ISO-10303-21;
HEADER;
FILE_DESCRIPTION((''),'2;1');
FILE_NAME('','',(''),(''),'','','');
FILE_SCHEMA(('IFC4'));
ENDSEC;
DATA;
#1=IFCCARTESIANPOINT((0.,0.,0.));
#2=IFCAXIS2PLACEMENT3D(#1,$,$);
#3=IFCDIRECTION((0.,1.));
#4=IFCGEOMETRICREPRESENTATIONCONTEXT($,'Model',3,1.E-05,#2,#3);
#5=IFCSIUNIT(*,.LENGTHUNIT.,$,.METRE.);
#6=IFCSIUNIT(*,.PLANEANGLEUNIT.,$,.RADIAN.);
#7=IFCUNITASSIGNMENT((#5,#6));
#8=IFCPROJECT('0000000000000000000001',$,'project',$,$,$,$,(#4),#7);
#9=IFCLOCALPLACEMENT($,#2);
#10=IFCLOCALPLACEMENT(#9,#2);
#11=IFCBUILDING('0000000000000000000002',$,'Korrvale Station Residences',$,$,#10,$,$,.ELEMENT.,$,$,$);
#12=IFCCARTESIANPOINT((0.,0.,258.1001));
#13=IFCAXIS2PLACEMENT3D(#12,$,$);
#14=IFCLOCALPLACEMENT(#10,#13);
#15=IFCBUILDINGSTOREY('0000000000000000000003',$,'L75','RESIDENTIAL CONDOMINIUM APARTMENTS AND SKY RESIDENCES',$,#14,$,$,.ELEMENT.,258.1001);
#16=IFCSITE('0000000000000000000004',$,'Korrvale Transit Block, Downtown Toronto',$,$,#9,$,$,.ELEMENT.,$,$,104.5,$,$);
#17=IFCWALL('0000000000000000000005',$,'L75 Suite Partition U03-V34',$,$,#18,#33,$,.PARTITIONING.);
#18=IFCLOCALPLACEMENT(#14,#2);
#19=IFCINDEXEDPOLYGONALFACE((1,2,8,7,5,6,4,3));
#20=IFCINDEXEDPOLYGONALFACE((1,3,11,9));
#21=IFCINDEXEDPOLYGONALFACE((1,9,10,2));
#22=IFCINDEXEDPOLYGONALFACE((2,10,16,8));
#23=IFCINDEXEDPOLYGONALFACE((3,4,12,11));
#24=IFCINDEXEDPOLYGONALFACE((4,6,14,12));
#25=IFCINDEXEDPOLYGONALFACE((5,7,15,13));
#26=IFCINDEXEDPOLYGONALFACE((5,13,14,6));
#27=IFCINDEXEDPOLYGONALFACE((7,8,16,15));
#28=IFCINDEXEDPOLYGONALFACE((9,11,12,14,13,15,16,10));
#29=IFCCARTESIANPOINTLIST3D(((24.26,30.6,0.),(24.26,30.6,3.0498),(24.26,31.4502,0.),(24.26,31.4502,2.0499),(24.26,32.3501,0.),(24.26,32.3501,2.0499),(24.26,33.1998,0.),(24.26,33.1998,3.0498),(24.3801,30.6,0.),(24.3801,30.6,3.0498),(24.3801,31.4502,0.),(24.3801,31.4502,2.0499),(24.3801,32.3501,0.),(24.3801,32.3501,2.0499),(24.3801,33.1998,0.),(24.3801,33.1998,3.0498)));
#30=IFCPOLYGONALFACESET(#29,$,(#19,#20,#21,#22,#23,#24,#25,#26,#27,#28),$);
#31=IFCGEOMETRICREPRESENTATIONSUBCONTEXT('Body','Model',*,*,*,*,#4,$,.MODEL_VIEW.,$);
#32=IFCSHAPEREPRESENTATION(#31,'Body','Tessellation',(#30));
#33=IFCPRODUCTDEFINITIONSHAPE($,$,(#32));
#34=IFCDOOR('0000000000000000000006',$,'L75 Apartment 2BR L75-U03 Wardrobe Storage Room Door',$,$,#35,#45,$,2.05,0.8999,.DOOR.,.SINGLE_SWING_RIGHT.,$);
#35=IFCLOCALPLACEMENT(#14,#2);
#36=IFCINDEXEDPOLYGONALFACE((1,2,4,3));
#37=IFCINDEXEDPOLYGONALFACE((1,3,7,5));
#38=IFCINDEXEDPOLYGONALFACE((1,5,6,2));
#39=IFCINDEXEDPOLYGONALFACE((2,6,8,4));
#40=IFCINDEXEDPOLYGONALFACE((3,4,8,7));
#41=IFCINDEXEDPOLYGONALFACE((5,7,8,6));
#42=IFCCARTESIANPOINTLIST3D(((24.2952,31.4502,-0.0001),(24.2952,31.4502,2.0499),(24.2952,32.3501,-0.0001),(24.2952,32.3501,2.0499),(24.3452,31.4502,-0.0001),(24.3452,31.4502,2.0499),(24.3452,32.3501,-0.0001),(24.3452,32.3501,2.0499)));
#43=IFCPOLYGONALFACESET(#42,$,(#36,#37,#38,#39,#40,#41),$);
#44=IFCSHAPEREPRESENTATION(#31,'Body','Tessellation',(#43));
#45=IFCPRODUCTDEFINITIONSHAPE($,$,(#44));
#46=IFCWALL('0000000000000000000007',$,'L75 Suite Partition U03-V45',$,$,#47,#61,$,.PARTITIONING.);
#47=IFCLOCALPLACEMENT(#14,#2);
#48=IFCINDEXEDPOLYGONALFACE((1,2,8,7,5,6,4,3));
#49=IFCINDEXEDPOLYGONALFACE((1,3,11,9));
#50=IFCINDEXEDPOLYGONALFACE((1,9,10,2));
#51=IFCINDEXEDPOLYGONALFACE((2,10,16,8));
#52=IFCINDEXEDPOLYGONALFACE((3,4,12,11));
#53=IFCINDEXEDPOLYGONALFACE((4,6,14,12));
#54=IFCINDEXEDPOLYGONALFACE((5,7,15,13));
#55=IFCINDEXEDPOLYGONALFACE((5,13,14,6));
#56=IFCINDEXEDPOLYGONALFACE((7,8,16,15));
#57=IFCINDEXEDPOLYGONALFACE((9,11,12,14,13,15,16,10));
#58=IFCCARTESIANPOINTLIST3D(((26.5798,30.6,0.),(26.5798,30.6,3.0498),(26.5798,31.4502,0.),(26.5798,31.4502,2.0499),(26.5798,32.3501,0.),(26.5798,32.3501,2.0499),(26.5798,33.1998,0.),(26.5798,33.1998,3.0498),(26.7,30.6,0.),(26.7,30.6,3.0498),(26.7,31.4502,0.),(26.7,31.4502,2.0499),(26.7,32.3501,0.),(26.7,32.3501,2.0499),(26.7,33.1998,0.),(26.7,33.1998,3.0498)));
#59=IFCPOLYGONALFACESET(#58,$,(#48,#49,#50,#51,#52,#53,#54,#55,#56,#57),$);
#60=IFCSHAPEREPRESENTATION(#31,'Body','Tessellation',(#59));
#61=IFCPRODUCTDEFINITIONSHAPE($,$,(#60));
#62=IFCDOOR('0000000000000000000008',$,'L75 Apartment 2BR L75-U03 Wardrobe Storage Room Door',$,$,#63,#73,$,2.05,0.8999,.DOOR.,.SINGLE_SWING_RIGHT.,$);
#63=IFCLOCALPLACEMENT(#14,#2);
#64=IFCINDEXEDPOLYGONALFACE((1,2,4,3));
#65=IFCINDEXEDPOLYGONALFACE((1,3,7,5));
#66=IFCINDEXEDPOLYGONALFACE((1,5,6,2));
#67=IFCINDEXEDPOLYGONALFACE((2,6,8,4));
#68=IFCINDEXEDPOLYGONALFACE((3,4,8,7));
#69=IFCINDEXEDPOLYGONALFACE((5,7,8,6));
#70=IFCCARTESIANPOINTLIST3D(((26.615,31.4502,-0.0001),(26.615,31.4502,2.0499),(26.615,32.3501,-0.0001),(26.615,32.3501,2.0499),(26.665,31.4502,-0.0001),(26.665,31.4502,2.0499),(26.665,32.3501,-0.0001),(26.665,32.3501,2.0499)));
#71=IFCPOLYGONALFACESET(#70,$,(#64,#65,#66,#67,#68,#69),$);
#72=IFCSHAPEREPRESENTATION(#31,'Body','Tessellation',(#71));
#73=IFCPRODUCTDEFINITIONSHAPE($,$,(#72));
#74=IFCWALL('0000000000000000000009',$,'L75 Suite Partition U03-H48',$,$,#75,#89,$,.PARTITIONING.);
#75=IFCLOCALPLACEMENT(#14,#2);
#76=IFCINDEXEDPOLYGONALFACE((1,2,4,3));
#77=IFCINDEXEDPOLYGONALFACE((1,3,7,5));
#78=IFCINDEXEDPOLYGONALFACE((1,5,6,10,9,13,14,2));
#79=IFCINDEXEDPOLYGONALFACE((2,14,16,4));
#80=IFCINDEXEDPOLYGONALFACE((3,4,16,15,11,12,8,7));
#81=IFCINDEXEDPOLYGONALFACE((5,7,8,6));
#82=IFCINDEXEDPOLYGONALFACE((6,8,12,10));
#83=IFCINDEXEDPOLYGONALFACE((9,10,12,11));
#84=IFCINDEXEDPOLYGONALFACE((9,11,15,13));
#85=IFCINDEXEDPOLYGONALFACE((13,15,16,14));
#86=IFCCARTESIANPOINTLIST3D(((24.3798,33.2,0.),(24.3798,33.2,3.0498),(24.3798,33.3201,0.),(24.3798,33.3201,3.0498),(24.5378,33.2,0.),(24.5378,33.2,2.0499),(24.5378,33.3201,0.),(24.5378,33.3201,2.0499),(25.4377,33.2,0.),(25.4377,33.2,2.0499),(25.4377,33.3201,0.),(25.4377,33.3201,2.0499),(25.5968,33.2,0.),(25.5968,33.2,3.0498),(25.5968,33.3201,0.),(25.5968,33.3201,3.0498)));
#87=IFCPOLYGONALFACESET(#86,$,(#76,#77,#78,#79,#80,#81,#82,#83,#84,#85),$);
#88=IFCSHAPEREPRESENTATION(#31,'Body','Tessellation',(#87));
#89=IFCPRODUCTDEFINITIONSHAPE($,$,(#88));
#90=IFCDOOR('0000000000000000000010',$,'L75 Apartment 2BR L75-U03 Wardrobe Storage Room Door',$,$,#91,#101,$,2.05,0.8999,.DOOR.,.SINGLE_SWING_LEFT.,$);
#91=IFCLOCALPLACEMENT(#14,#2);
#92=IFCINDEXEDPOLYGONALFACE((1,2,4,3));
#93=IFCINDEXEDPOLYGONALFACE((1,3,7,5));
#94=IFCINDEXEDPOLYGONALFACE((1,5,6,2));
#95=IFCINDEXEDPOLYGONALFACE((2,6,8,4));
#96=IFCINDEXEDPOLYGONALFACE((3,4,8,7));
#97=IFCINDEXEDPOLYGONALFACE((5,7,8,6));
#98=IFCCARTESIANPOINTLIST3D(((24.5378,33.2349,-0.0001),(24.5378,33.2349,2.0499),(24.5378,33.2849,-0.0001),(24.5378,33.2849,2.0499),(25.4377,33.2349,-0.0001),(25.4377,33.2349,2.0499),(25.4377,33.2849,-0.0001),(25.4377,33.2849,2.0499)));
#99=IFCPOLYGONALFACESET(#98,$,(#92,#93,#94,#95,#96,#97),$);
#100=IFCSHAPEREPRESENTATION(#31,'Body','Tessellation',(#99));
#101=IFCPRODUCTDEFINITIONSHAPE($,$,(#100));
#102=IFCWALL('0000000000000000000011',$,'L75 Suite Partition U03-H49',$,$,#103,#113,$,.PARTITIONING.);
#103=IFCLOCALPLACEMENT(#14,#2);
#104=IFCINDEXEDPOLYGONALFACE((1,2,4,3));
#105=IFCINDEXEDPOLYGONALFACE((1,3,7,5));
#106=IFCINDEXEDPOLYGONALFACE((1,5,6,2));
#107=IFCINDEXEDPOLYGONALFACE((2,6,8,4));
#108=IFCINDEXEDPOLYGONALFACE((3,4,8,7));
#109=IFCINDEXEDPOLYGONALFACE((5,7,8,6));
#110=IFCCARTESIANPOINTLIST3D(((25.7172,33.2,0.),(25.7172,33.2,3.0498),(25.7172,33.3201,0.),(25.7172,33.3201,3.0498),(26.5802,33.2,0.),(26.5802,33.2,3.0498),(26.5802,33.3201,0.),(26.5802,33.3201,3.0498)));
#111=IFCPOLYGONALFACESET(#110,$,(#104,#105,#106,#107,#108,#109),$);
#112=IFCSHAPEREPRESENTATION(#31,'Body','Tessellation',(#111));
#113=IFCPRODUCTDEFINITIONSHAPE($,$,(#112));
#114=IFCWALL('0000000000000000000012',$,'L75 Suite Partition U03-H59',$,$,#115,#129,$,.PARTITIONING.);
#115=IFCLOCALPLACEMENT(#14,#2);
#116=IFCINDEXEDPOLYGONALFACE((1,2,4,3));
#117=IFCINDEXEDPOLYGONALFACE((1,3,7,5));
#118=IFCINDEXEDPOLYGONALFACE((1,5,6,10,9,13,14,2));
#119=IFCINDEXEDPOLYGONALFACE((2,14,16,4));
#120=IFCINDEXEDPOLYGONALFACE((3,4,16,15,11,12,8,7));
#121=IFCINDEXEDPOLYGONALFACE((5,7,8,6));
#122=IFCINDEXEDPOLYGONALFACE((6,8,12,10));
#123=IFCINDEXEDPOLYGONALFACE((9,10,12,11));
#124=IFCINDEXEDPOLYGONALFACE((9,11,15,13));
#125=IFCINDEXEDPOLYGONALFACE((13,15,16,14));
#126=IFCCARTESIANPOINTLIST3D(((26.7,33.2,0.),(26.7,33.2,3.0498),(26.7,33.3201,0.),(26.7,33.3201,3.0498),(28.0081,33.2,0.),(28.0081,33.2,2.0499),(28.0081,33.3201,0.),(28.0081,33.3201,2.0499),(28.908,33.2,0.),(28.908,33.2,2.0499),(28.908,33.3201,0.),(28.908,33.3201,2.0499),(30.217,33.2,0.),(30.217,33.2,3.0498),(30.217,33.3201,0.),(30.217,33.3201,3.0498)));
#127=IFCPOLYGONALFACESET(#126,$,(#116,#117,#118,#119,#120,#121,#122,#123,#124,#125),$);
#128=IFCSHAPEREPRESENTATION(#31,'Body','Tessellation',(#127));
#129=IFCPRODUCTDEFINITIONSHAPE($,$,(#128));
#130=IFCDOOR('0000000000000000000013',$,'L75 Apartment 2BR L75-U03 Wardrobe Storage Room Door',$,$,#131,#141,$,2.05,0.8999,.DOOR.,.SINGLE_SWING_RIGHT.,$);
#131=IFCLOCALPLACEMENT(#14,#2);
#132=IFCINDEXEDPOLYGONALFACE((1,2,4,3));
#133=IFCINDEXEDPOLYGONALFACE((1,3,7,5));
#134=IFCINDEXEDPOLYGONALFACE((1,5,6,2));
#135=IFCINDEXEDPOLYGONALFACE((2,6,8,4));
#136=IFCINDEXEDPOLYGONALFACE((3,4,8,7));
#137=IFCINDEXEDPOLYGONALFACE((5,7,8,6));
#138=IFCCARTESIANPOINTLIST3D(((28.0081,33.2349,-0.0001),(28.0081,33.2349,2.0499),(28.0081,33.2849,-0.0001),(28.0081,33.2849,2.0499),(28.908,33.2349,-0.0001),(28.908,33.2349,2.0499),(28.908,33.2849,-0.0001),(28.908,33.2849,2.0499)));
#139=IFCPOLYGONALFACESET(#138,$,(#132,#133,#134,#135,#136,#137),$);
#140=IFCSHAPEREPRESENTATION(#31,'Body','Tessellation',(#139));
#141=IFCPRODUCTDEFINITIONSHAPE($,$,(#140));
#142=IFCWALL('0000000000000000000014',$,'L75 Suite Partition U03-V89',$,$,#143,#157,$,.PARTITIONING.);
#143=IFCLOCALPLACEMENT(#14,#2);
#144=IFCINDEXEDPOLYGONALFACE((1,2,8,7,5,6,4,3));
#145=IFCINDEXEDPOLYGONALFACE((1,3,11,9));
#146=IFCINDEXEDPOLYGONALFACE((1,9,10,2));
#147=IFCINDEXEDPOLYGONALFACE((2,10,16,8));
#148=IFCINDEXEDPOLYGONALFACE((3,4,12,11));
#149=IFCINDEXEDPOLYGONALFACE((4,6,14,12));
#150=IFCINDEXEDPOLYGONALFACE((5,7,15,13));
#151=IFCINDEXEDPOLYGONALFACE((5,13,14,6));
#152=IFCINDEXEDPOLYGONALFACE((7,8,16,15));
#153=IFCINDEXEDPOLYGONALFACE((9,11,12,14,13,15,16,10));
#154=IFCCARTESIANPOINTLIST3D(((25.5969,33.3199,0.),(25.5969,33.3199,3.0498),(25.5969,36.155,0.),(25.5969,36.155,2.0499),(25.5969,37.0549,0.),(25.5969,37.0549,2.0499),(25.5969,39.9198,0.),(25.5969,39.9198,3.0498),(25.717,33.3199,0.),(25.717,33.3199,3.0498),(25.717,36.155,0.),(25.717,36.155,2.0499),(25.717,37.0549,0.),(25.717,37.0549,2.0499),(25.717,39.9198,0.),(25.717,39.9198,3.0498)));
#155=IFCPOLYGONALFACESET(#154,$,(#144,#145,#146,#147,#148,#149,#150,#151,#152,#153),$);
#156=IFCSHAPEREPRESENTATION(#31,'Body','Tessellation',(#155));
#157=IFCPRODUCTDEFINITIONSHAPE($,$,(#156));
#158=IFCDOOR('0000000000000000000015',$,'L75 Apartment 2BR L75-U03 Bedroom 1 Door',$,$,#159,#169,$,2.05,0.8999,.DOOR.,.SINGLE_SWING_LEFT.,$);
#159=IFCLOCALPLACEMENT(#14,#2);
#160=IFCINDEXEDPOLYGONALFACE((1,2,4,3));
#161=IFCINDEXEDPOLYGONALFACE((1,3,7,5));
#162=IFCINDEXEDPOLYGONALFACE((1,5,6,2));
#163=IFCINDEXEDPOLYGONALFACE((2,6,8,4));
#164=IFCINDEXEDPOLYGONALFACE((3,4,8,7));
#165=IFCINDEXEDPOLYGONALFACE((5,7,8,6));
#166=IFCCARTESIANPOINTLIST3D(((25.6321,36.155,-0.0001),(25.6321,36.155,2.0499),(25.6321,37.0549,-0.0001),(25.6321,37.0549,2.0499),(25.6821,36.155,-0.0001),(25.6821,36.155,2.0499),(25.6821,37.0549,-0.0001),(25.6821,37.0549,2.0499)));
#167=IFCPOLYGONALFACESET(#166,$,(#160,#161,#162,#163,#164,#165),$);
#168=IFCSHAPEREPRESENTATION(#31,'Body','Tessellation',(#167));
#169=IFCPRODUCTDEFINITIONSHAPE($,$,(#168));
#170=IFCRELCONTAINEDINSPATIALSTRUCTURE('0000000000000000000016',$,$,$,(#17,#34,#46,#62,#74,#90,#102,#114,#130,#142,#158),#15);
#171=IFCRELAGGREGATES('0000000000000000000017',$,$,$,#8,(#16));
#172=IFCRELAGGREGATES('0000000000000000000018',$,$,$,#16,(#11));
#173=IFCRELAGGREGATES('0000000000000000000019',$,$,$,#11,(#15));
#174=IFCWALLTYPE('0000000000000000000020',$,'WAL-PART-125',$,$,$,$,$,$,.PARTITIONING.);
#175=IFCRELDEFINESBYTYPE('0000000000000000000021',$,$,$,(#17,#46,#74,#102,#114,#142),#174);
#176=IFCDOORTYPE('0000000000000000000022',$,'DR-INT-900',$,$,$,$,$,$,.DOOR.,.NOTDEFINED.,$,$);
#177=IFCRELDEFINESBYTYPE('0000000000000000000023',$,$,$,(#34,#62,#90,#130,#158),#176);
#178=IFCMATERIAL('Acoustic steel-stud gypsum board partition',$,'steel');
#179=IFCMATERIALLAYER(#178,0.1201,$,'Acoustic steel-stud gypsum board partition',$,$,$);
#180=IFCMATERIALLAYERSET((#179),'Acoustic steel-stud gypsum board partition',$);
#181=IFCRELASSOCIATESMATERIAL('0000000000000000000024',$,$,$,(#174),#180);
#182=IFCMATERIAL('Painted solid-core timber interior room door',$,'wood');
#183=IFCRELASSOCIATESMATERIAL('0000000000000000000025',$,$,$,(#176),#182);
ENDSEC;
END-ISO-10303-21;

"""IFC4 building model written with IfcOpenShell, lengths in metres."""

from ifc_helpers import new_model, si_unit, direction, frame, frame_2d, origin, place, context, subcontext, project, spatial, rectangle, extrude, material, layer, layer_set, type_object, element, fill, save


model = new_model("IFC4")

# Units and contexts
model_context = context("Model", 3, precision=1e-05, world=origin(), true_north=direction((0.0, 1.0)))
body_context = subcontext(model_context, "Body", "Model", "MODEL_VIEW")
ifc_project = project(units=[si_unit("LENGTHUNIT", "METRE"), si_unit("PLANEANGLEUNIT", "RADIAN")], contexts=[model_context])

# Site, building, storey
site_placement = place(None, origin())
site = spatial("IfcSite", under=ifc_project, at=site_placement, Name="Korrvale Transit Block, Downtown Toronto", CompositionType="ELEMENT", RefElevation=104.5)
building_placement = place(site_placement, origin())
building = spatial("IfcBuilding", under=site, at=building_placement, Name="Korrvale Station Residences", CompositionType="ELEMENT")
storey_placement = place(building_placement, frame((0.0, 0.0, 258.1001)))
storey = spatial("IfcBuildingStorey", under=building, at=storey_placement, Name="L75", Description="RESIDENTIAL CONDOMINIUM APARTMENTS AND SKY RESIDENCES", CompositionType="ELEMENT", Elevation=258.1001)

# Walls, openings, doors
ifc_material_1 = material(Name="Acoustic steel-stud gypsum board partition", Category="steel")
ifc_layer_1 = layer(ifc_material_1, 0.1201, Name="Acoustic steel-stud gypsum board partition")
ifc_layer_set_1 = layer_set([ifc_layer_1], Name="Acoustic steel-stud gypsum board partition")
wall_type_1 = type_object("IfcWallType", Name="WAL-PART-125", PredefinedType="PARTITIONING", material=ifc_layer_set_1)
wall_1_placement = place(storey_placement, frame((24.3201, 30.6001, 0.0), z_axis=(0.0, 0.0, 1.0), x_axis=(0.0, 1.0, 0.0)))
wall_1 = element("IfcWall", 1, at=wall_1_placement, inside=storey, type_object=wall_type_1, Name="L75 Suite Partition U03-V34", PredefinedType="PARTITIONING", context=body_context, shape_type="SweptSolid", body=[
    extrude(rectangle(XDim=2.5999, YDim=0.1201, at=frame_2d((1.2998, 0.0))), origin(), (0.0, 0.0, 1.0), 3.0498),
])
opening_1_placement = place(wall_1_placement, frame((0.8501, 0.0, 0.0)))
opening_1 = element("IfcOpeningElement", 2, at=opening_1_placement, cuts=wall_1, PredefinedType="OPENING", context=body_context, shape_type="SweptSolid", body=[
    extrude(rectangle(XDim=0.8999, YDim=2.05, at=frame_2d((0.45, 1.0249))), frame((0.0, 0.0701, 0.0), z_axis=(0.0, -1.0, 0.0), x_axis=(1.0, 0.0, 0.0)), (0.0, 0.0, 1.0), 0.1401),
])
ifc_material_2 = material(Name="Painted solid-core timber interior room door", Category="wood")
door_type_1 = type_object("IfcDoorType", Name="DR-INT-900", OperationType="NOTDEFINED", PredefinedType="DOOR", material=ifc_material_2)
door_1_placement = place(opening_1_placement, origin())
door_1 = element("IfcDoor", 3, at=door_1_placement, inside=storey, type_object=door_type_1, Name="L75 Apartment 2BR L75-U03 Wardrobe Storage Room Door", OperationType="SINGLE_SWING_RIGHT", OverallHeight=2.05, OverallWidth=0.8999, PredefinedType="DOOR", context=body_context, shape_type="SweptSolid", body=[
    extrude(rectangle(XDim=0.8999, YDim=2.05, at=frame_2d((0.45, 1.0249))), frame((0.0, 0.0249, 0.0), z_axis=(0.0, -1.0, 0.0), x_axis=(1.0, 0.0, 0.0)), (0.0, 0.0, 1.0), 0.05),
])
fill(opening_1, door_1)
wall_2_placement = place(storey_placement, frame((26.6399, 30.6001, 0.0), z_axis=(0.0, 0.0, 1.0), x_axis=(0.0, 1.0, 0.0)))
wall_2 = element("IfcWall", 4, at=wall_2_placement, inside=storey, type_object=wall_type_1, Name="L75 Suite Partition U03-V45", PredefinedType="PARTITIONING", context=body_context, shape_type="SweptSolid", body=[
    extrude(rectangle(XDim=2.5999, YDim=0.1201, at=frame_2d((1.2998, 0.0))), origin(), (0.0, 0.0, 1.0), 3.0498),
])
opening_2_placement = place(wall_2_placement, frame((0.8501, 0.0, 0.0)))
opening_2 = element("IfcOpeningElement", 5, at=opening_2_placement, cuts=wall_2, PredefinedType="OPENING", context=body_context, shape_type="SweptSolid", body=[
    extrude(rectangle(XDim=0.8999, YDim=2.05, at=frame_2d((0.45, 1.0249))), frame((0.0, 0.0701, 0.0), z_axis=(0.0, -1.0, 0.0), x_axis=(1.0, 0.0, 0.0)), (0.0, 0.0, 1.0), 0.1401),
])
door_2_placement = place(opening_2_placement, origin())
door_2 = element("IfcDoor", 6, at=door_2_placement, inside=storey, type_object=door_type_1, Name="L75 Apartment 2BR L75-U03 Wardrobe Storage Room Door", OperationType="SINGLE_SWING_RIGHT", OverallHeight=2.05, OverallWidth=0.8999, PredefinedType="DOOR", context=body_context, shape_type="SweptSolid", body=[
    extrude(rectangle(XDim=0.8999, YDim=2.05, at=frame_2d((0.45, 1.0249))), frame((0.0, 0.0249, 0.0), z_axis=(0.0, -1.0, 0.0), x_axis=(1.0, 0.0, 0.0)), (0.0, 0.0, 1.0), 0.05),
])
fill(opening_2, door_2)
wall_3_placement = place(storey_placement, frame((24.3799, 33.26, 0.0), z_axis=(0.0, 0.0, 1.0), x_axis=(1.0, 0.0, 0.0)))
wall_3 = element("IfcWall", 7, at=wall_3_placement, inside=storey, type_object=wall_type_1, Name="L75 Suite Partition U03-H48", PredefinedType="PARTITIONING", context=body_context, shape_type="SweptSolid", body=[
    extrude(rectangle(XDim=1.217, YDim=0.1201, at=frame_2d((0.6084, 0.0))), origin(), (0.0, 0.0, 1.0), 3.0498),
])
opening_3_placement = place(wall_3_placement, frame((0.158, 0.0, 0.0)))
opening_3 = element("IfcOpeningElement", 8, at=opening_3_placement, cuts=wall_3, PredefinedType="OPENING", context=body_context, shape_type="SweptSolid", body=[
    extrude(rectangle(XDim=0.8999, YDim=2.05, at=frame_2d((0.45, 1.0249))), frame((0.0, 0.0701, 0.0), z_axis=(0.0, -1.0, 0.0), x_axis=(1.0, 0.0, 0.0)), (0.0, 0.0, 1.0), 0.1401),
])
door_3_placement = place(opening_3_placement, origin())
door_3 = element("IfcDoor", 9, at=door_3_placement, inside=storey, type_object=door_type_1, Name="L75 Apartment 2BR L75-U03 Wardrobe Storage Room Door", OperationType="SINGLE_SWING_LEFT", OverallHeight=2.05, OverallWidth=0.8999, PredefinedType="DOOR", context=body_context, shape_type="SweptSolid", body=[
    extrude(rectangle(XDim=0.8999, YDim=2.05, at=frame_2d((0.45, 1.0249))), frame((0.0, 0.0249, 0.0), z_axis=(0.0, -1.0, 0.0), x_axis=(1.0, 0.0, 0.0)), (0.0, 0.0, 1.0), 0.05),
])
fill(opening_3, door_3)

# Wall
wall_4_placement = place(storey_placement, frame((25.717, 33.26, 0.0), z_axis=(0.0, 0.0, 1.0), x_axis=(1.0, 0.0, 0.0)))
element("IfcWall", 10, at=wall_4_placement, inside=storey, type_object=wall_type_1, Name="L75 Suite Partition U03-H49", PredefinedType="PARTITIONING", context=body_context, shape_type="SweptSolid", body=[
    extrude(rectangle(XDim=0.863, YDim=0.1201, at=frame_2d((0.4316, 0.0))), origin(), (0.0, 0.0, 1.0), 3.0498),
])

# Walls, openings, doors
wall_5_placement = place(storey_placement, frame((26.7, 33.26, 0.0), z_axis=(0.0, 0.0, 1.0), x_axis=(1.0, 0.0, 0.0)))
wall_5 = element("IfcWall", 11, at=wall_5_placement, inside=storey, type_object=wall_type_1, Name="L75 Suite Partition U03-H59", PredefinedType="PARTITIONING", context=body_context, shape_type="SweptSolid", body=[
    extrude(rectangle(XDim=3.5171, YDim=0.1201, at=frame_2d((1.7585, 0.0))), origin(), (0.0, 0.0, 1.0), 3.0498),
])
opening_4_placement = place(wall_5_placement, frame((1.3081, 0.0, 0.0)))
opening_4 = element("IfcOpeningElement", 12, at=opening_4_placement, cuts=wall_5, PredefinedType="OPENING", context=body_context, shape_type="SweptSolid", body=[
    extrude(rectangle(XDim=0.8999, YDim=2.05, at=frame_2d((0.45, 1.0249))), frame((0.0, 0.0701, 0.0), z_axis=(0.0, -1.0, 0.0), x_axis=(1.0, 0.0, 0.0)), (0.0, 0.0, 1.0), 0.1401),
])
door_4_placement = place(opening_4_placement, origin())
door_4 = element("IfcDoor", 13, at=door_4_placement, inside=storey, type_object=door_type_1, Name="L75 Apartment 2BR L75-U03 Wardrobe Storage Room Door", OperationType="SINGLE_SWING_RIGHT", OverallHeight=2.05, OverallWidth=0.8999, PredefinedType="DOOR", context=body_context, shape_type="SweptSolid", body=[
    extrude(rectangle(XDim=0.8999, YDim=2.05, at=frame_2d((0.45, 1.0249))), frame((0.0, 0.0249, 0.0), z_axis=(0.0, -1.0, 0.0), x_axis=(1.0, 0.0, 0.0)), (0.0, 0.0, 1.0), 0.05),
])
fill(opening_4, door_4)
wall_6_placement = place(storey_placement, frame((25.657, 33.3201, 0.0), z_axis=(0.0, 0.0, 1.0), x_axis=(0.0, 1.0, 0.0)))
wall_6 = element("IfcWall", 14, at=wall_6_placement, inside=storey, type_object=wall_type_1, Name="L75 Suite Partition U03-V89", PredefinedType="PARTITIONING", context=body_context, shape_type="SweptSolid", body=[
    extrude(rectangle(XDim=6.5999, YDim=0.1201, at=frame_2d((3.2998, 0.0))), origin(), (0.0, 0.0, 1.0), 3.0498),
])
opening_5_placement = place(wall_6_placement, frame((2.835, 0.0, 0.0)))
opening_5 = element("IfcOpeningElement", 15, at=opening_5_placement, cuts=wall_6, PredefinedType="OPENING", context=body_context, shape_type="SweptSolid", body=[
    extrude(rectangle(XDim=0.8999, YDim=2.05, at=frame_2d((0.45, 1.0249))), frame((0.0, 0.0701, 0.0), z_axis=(0.0, -1.0, 0.0), x_axis=(1.0, 0.0, 0.0)), (0.0, 0.0, 1.0), 0.1401),
])
door_5_placement = place(opening_5_placement, origin())
door_5 = element("IfcDoor", 16, at=door_5_placement, inside=storey, type_object=door_type_1, Name="L75 Apartment 2BR L75-U03 Bedroom 1 Door", OperationType="SINGLE_SWING_LEFT", OverallHeight=2.05, OverallWidth=0.8999, PredefinedType="DOOR", context=body_context, shape_type="SweptSolid", body=[
    extrude(rectangle(XDim=0.8999, YDim=2.05, at=frame_2d((0.45, 1.0249))), frame((0.0, 0.0249, 0.0), z_axis=(0.0, -1.0, 0.0), x_axis=(1.0, 0.0, 0.0)), (0.0, 0.0, 1.0), 0.05),
])
fill(opening_5, door_5)

save(model, "model.ifc")
